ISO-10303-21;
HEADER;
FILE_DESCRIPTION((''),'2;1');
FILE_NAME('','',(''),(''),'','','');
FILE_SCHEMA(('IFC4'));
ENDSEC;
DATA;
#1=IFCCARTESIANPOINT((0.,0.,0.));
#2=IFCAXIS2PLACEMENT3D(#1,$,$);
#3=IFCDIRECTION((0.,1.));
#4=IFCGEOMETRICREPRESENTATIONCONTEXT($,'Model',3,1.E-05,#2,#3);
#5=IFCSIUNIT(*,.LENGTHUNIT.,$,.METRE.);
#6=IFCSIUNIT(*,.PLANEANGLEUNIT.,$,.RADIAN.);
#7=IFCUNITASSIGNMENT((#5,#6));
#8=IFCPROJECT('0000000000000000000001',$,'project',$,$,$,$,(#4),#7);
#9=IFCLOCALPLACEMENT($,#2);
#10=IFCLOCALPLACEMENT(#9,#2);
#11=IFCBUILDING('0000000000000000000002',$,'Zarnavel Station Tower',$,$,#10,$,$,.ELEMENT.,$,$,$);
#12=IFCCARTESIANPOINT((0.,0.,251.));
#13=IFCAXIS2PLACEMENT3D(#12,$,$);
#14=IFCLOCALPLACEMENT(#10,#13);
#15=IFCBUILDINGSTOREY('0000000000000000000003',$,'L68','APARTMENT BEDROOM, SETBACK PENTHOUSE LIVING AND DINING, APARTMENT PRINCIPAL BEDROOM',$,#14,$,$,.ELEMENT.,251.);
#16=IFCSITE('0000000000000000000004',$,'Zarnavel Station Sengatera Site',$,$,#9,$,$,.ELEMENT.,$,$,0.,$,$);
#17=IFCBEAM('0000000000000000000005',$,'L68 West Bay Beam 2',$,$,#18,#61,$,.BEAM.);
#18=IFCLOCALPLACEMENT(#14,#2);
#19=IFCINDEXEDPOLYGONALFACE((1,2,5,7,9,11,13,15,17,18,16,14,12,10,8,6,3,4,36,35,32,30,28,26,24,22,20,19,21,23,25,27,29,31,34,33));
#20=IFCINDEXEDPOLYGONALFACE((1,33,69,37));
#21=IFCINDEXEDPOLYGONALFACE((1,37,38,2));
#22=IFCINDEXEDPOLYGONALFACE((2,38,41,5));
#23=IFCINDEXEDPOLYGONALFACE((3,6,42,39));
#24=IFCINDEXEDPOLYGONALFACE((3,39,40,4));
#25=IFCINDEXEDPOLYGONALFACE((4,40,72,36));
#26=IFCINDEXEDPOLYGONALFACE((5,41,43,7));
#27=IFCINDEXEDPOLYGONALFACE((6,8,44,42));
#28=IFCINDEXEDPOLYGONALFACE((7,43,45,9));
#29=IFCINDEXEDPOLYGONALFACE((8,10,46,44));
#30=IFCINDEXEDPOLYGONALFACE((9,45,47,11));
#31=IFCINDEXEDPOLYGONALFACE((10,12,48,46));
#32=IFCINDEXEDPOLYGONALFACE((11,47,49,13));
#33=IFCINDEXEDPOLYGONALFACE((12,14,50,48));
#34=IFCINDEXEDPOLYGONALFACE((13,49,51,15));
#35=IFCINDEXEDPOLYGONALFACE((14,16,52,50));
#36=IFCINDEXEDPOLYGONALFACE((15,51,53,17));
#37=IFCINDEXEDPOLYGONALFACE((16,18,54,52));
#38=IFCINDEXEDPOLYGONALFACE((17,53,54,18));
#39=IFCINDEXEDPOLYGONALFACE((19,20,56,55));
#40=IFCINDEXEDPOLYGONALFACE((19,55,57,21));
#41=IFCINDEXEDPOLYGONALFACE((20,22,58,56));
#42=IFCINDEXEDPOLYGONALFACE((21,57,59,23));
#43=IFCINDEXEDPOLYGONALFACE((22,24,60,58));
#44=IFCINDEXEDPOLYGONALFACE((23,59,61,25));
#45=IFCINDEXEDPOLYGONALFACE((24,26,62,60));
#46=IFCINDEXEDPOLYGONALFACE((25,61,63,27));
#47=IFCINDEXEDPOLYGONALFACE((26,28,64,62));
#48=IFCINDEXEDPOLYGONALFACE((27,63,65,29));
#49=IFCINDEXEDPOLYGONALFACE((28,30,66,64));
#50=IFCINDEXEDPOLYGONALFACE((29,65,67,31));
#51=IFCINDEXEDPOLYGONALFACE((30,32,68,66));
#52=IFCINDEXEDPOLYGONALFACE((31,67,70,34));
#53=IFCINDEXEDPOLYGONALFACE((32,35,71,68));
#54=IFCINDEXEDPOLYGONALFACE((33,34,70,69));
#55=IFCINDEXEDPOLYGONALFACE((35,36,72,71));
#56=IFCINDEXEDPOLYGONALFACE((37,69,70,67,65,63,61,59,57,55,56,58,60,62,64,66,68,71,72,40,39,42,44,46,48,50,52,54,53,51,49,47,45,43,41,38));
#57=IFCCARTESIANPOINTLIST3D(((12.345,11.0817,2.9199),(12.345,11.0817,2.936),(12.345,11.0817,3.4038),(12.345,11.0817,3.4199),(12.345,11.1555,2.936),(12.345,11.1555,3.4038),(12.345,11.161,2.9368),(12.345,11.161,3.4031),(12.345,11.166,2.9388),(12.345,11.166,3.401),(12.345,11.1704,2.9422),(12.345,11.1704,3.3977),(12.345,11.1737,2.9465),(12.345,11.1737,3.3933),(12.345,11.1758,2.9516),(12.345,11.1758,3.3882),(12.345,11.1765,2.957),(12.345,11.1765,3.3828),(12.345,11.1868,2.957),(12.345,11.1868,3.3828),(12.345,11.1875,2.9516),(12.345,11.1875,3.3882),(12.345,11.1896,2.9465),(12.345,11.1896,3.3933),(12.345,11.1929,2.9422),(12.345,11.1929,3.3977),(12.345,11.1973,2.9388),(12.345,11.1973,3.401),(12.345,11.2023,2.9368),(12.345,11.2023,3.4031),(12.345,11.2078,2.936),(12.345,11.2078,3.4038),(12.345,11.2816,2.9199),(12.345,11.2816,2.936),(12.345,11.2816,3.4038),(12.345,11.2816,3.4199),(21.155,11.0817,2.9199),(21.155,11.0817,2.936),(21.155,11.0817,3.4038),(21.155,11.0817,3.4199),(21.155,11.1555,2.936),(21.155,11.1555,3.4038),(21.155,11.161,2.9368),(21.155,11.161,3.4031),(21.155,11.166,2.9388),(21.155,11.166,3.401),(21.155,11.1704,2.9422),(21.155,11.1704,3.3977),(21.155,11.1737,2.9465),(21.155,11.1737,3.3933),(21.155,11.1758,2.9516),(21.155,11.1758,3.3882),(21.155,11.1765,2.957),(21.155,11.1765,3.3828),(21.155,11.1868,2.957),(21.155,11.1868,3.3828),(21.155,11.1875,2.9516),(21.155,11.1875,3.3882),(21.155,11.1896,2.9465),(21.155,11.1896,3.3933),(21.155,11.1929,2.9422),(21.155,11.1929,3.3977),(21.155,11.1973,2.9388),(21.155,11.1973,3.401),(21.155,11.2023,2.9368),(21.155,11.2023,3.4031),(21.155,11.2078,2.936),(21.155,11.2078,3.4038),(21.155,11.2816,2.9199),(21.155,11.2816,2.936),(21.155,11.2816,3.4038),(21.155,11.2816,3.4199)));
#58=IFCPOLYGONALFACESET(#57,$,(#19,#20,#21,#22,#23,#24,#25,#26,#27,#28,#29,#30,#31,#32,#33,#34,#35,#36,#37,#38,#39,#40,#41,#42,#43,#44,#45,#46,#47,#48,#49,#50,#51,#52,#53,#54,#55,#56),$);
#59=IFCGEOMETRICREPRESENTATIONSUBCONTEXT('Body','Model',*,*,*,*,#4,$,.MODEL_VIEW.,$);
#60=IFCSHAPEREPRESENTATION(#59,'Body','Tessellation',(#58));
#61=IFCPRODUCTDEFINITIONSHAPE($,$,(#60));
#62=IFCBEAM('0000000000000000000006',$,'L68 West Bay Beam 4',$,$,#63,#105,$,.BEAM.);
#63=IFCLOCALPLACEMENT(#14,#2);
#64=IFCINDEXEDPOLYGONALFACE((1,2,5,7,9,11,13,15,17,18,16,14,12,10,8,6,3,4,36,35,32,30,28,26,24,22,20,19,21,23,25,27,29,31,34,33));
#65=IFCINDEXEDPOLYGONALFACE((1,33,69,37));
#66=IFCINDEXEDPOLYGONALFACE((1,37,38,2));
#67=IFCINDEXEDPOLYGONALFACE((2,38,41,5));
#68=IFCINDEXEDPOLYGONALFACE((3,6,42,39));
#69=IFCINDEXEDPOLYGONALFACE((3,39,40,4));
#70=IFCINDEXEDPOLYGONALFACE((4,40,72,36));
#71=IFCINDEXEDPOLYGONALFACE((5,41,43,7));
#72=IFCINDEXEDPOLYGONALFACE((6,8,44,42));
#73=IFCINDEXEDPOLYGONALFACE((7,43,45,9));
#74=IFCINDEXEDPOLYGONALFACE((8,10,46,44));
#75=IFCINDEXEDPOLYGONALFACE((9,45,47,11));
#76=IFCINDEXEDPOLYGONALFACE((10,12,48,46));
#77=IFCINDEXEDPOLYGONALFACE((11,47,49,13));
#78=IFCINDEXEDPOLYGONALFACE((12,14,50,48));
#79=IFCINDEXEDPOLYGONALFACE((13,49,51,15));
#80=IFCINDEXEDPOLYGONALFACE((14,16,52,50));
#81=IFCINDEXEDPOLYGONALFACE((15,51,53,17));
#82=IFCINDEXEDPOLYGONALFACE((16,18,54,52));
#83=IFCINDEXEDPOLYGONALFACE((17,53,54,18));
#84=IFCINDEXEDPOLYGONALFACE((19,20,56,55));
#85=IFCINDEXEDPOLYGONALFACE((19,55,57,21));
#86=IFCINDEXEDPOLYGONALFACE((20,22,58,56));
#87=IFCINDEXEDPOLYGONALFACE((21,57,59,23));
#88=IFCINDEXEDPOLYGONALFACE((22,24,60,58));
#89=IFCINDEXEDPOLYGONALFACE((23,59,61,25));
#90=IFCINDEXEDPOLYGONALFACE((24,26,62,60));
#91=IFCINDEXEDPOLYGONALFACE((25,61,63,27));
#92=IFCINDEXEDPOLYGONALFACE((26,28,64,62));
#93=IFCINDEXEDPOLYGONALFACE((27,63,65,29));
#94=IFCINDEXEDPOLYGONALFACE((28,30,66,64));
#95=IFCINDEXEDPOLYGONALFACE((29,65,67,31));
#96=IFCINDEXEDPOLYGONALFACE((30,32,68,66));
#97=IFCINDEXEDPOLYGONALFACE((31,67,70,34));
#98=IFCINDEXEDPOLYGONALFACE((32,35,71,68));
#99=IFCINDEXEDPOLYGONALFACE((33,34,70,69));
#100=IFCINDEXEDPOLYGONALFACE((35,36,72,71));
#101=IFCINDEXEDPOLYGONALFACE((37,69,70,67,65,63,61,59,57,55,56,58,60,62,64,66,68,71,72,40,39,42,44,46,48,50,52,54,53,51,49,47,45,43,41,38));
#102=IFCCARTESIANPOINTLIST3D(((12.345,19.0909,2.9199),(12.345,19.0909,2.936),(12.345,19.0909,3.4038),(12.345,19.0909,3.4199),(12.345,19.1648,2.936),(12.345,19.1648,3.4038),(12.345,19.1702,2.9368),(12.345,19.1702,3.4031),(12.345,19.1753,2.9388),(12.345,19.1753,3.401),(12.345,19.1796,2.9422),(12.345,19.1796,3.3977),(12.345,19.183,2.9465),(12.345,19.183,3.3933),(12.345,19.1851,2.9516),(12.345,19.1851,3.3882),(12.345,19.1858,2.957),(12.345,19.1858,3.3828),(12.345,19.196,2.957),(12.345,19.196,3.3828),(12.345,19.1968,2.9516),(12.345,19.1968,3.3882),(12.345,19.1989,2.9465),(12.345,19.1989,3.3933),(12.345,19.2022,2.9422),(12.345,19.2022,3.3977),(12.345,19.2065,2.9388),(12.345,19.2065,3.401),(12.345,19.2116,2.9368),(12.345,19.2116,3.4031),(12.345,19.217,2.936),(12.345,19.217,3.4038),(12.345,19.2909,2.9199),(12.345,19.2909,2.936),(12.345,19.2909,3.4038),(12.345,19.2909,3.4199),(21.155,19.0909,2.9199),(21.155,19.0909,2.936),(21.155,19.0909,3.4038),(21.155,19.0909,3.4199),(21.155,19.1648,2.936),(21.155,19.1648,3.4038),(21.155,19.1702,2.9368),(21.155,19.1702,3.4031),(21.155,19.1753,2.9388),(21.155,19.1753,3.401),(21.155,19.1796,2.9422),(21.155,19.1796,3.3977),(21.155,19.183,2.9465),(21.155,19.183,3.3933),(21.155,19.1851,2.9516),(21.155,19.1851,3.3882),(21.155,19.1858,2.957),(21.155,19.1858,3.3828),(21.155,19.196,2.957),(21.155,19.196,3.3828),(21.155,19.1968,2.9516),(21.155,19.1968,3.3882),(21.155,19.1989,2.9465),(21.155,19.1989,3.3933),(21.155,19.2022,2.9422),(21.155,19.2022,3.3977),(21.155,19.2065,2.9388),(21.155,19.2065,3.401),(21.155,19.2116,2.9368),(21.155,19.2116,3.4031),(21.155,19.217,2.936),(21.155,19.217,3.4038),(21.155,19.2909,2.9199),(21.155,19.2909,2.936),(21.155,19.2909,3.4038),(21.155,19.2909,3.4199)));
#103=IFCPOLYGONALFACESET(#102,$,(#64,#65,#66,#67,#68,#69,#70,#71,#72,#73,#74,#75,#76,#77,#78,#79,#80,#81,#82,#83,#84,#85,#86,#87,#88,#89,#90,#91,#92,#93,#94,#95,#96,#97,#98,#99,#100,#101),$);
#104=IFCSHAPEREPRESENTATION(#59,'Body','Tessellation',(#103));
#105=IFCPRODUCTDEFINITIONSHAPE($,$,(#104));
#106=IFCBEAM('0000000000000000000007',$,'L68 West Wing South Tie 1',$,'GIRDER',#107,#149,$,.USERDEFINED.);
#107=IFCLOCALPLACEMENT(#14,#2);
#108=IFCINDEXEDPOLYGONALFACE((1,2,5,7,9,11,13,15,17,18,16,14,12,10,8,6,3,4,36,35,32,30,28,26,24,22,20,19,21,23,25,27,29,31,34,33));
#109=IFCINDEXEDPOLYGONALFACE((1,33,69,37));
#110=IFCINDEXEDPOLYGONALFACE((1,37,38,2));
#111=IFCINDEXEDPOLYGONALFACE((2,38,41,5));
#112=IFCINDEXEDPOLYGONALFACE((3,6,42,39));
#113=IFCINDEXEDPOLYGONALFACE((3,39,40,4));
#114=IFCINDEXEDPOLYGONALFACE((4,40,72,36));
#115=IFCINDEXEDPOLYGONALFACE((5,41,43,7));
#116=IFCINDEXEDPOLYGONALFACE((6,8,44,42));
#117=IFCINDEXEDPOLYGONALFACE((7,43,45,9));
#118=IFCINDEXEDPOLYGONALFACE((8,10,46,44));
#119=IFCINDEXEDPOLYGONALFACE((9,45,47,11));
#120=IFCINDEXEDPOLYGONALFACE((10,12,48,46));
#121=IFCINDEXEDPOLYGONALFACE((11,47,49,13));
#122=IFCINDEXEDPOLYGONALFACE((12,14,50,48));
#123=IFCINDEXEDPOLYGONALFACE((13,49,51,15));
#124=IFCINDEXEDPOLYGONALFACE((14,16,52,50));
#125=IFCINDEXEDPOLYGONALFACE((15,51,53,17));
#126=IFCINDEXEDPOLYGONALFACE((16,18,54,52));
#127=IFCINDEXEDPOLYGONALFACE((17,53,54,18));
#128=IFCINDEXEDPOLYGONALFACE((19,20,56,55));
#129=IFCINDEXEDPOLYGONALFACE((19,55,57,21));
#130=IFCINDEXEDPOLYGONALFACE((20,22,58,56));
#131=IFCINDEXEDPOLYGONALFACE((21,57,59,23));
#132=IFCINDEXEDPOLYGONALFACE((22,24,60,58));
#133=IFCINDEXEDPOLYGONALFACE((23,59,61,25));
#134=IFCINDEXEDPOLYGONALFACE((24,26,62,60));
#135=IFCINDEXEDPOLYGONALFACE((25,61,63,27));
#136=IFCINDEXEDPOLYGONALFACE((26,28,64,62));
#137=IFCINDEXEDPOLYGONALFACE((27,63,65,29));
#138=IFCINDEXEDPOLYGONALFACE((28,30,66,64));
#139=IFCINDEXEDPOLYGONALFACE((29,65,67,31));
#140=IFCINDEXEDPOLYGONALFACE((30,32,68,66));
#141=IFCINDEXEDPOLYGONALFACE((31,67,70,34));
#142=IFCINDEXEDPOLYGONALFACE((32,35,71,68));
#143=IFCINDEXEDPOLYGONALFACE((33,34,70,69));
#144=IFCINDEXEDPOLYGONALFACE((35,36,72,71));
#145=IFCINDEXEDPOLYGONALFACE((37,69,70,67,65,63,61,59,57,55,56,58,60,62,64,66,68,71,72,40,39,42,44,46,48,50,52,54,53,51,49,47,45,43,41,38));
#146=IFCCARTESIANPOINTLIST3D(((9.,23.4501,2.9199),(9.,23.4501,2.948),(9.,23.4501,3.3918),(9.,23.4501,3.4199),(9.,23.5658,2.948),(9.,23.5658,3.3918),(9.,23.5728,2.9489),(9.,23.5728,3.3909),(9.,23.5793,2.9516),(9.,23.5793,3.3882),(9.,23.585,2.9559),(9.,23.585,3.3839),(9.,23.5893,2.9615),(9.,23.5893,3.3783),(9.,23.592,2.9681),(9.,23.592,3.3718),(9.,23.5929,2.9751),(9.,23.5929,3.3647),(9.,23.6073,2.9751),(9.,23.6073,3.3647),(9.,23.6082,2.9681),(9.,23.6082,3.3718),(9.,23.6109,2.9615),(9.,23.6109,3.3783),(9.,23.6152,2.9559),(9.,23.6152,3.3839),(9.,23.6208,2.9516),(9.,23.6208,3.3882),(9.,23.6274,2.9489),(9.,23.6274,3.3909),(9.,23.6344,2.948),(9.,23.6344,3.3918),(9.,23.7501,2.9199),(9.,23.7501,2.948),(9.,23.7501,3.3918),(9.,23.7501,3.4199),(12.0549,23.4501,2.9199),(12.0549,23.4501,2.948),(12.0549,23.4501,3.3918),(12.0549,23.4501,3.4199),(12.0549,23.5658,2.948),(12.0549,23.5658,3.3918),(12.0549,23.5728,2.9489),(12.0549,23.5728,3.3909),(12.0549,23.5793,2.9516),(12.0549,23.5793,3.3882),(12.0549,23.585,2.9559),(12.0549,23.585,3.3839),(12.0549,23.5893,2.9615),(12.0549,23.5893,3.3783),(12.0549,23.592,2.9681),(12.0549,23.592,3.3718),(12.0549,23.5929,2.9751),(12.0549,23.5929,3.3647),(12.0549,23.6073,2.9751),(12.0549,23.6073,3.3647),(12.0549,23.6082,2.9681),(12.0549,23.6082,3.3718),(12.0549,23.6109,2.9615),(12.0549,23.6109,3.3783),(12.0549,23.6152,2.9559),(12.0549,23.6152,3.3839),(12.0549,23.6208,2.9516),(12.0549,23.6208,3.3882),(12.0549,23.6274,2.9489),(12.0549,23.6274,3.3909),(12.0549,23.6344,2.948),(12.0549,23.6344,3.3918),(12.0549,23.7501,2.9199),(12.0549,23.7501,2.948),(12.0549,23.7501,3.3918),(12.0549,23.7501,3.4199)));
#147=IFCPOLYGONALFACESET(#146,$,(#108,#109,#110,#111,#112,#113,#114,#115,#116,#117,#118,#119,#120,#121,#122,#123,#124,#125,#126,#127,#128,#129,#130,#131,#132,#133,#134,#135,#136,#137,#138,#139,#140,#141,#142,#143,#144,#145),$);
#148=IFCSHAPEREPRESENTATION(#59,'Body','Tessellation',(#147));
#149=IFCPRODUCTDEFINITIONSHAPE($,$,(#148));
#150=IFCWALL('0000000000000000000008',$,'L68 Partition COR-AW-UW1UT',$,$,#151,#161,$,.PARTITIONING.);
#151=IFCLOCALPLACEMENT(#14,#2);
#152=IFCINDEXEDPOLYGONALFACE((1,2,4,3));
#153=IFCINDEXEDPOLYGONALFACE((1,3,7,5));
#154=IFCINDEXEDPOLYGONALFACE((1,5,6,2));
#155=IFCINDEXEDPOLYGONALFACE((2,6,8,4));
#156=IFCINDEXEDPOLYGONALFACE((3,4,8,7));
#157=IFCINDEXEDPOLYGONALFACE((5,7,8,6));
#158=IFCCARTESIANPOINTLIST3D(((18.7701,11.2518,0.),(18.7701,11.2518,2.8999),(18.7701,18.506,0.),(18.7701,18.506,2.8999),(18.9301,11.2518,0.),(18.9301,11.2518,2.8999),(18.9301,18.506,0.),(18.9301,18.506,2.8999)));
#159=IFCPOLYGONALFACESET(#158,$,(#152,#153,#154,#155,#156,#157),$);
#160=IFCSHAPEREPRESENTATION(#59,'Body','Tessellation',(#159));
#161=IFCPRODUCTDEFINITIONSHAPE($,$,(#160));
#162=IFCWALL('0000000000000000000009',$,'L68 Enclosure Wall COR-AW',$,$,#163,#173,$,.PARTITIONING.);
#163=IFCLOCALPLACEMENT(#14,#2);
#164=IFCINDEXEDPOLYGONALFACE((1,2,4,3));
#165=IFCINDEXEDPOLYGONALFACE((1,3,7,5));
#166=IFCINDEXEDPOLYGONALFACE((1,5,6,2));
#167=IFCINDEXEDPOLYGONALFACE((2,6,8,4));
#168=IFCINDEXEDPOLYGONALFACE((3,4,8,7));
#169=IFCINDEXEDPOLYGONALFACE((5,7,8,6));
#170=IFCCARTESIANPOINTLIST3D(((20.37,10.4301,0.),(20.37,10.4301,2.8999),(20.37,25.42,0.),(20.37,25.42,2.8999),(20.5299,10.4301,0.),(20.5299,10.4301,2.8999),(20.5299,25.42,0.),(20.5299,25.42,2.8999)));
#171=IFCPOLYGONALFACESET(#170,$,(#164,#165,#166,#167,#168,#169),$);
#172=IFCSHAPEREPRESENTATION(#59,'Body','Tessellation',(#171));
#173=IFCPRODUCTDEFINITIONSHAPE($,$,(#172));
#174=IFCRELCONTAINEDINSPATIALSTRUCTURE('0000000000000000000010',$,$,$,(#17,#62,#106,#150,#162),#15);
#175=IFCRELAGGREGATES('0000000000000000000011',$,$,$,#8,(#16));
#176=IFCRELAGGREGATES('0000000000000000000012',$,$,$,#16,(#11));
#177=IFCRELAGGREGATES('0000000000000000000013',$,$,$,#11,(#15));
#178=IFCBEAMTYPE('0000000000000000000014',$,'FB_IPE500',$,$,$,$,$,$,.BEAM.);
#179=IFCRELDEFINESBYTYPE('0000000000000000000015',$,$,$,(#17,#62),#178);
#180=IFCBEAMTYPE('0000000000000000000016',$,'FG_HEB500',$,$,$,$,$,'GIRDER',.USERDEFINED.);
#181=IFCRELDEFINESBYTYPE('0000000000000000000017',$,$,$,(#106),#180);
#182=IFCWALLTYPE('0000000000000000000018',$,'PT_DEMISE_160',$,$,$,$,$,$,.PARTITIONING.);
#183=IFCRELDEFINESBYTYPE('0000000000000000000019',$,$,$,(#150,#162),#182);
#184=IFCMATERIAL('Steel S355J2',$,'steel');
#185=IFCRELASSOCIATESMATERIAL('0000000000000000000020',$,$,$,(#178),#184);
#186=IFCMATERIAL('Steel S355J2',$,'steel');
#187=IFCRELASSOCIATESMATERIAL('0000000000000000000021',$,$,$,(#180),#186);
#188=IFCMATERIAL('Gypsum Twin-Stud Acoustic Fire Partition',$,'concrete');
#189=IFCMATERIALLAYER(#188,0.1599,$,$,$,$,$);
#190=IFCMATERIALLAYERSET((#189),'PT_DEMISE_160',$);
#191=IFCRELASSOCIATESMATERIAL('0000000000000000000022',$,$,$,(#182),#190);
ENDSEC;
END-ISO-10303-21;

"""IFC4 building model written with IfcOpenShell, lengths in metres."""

from ifc_helpers import new_model, si_unit, direction, frame, frame_2d, origin, origin_2d, place, context, subcontext, project, spatial, rectangle, i_section, extrude, material, layer, layer_set, material_profile, profile_set, type_object, element, save


model = new_model("IFC4")

# Units and contexts
model_context = context("Model", 3, precision=1e-05, world=origin(), true_north=direction((0.0, 1.0)))
body_context = subcontext(model_context, "Body", "Model", "MODEL_VIEW")
ifc_project = project(units=[si_unit("LENGTHUNIT", "METRE"), si_unit("PLANEANGLEUNIT", "RADIAN")], contexts=[model_context])

# Site, building, storey
site_placement = place(None, origin())
site = spatial("IfcSite", under=ifc_project, at=site_placement, Name="Zarnavel Station Sengatera Site", CompositionType="ELEMENT", RefElevation=0.0)
building_placement = place(site_placement, origin())
building = spatial("IfcBuilding", under=site, at=building_placement, Name="Zarnavel Station Tower", CompositionType="ELEMENT")
storey_placement = place(building_placement, frame((0.0, 0.0, 251.0)))
storey = spatial("IfcBuildingStorey", under=building, at=storey_placement, Name="L68", Description="APARTMENT BEDROOM, SETBACK PENTHOUSE LIVING AND DINING, APARTMENT PRINCIPAL BEDROOM", CompositionType="ELEMENT", Elevation=251.0)

# Beams
ifc_material_1 = material(Name="Steel S355J2", Category="steel")
ifc_material_profile_1 = material_profile(ifc_material_1, i_section(OverallWidth=0.2, OverallDepth=0.5, WebThickness=0.0103, FlangeThickness=0.0161, FilletRadius=0.021, at=origin_2d()), Name="IPE500")
ifc_profile_set_1 = profile_set([ifc_material_profile_1], Name="Steel S355J2")
beam_type_1 = type_object("IfcBeamType", Name="FB_IPE500", PredefinedType="BEAM", material=ifc_profile_set_1)
for number, where, z_axis, x_axis, name in (
    (1, (12.345, 11.1816, 3.1699), (1.0, 0.0, 0.0), (0.0, 1.0, 0.0), "L68 West Bay Beam 2"),
    (2, (12.345, 19.1909, 3.1699), (1.0, 0.0, 0.0), (0.0, 1.0, 0.0), "L68 West Bay Beam 4"),
):
    element("IfcBeam", number, at=place(storey_placement, frame(where, z_axis=z_axis, x_axis=x_axis)), inside=storey, type_object=beam_type_1, Name=name, PredefinedType="BEAM", context=body_context, shape_type="SweptSolid", body=[
        extrude(i_section(OverallWidth=0.2, OverallDepth=0.5, WebThickness=0.0103, FlangeThickness=0.0161, FilletRadius=0.021, at=origin_2d()), origin(), (0.0, 0.0, 1.0), 8.8101),
    ])
ifc_material_2 = material(Name="Steel S355J2", Category="steel")
ifc_material_profile_2 = material_profile(ifc_material_2, i_section(OverallWidth=0.3, OverallDepth=0.5, WebThickness=0.0144, FlangeThickness=0.0281, FilletRadius=0.0271, at=origin_2d()), Name="HEB500")
ifc_profile_set_2 = profile_set([ifc_material_profile_2], Name="Steel S355J2")
beam_type_2 = type_object("IfcBeamType", Name="FG_HEB500", ElementType="GIRDER", PredefinedType="USERDEFINED", material=ifc_profile_set_2)
beam_1_placement = place(storey_placement, frame((9.0, 23.6001, 3.1699), z_axis=(1.0, 0.0, 0.0), x_axis=(0.0, 1.0, 0.0)))
element("IfcBeam", 3, at=beam_1_placement, inside=storey, type_object=beam_type_2, Name="L68 West Wing South Tie 1", ObjectType="GIRDER", PredefinedType="USERDEFINED", context=body_context, shape_type="SweptSolid", body=[
    extrude(i_section(OverallWidth=0.3, OverallDepth=0.5, WebThickness=0.0144, FlangeThickness=0.0281, FilletRadius=0.0271, at=origin_2d()), origin(), (0.0, 0.0, 1.0), 3.0549),
])

# Walls
ifc_material_3 = material(Name="Gypsum Twin-Stud Acoustic Fire Partition", Category="concrete")
ifc_layer_1 = layer(ifc_material_3, 0.1599)
ifc_layer_set_1 = layer_set([ifc_layer_1], Name="PT_DEMISE_160")
wall_type_1 = type_object("IfcWallType", Name="PT_DEMISE_160", PredefinedType="PARTITIONING", material=ifc_layer_set_1)
wall_1_placement = place(storey_placement, frame((18.8501, 11.252, 0.0), z_axis=(0.0, 0.0, 1.0), x_axis=(0.0, 1.0, 0.0)))
element("IfcWall", 4, at=wall_1_placement, inside=storey, type_object=wall_type_1, Name="L68 Partition COR-AW-UW1UT", PredefinedType="PARTITIONING", context=body_context, shape_type="SweptSolid", body=[
    extrude(rectangle(XDim=7.2542, YDim=0.1599, at=frame_2d((3.627, 0.0))), origin(), (0.0, 0.0, 1.0), 2.8999),
])
wall_2_placement = place(storey_placement, frame((20.45, 10.4299, 0.0), z_axis=(0.0, 0.0, 1.0), x_axis=(0.0, 1.0, 0.0)))
element("IfcWall", 5, at=wall_2_placement, inside=storey, type_object=wall_type_1, Name="L68 Enclosure Wall COR-AW", PredefinedType="PARTITIONING", context=body_context, shape_type="SweptSolid", body=[
    extrude(rectangle(XDim=14.99, YDim=0.1599, at=frame_2d((7.4951, 0.0))), origin(), (0.0, 0.0, 1.0), 2.8999),
])

save(model, "model.ifc")
